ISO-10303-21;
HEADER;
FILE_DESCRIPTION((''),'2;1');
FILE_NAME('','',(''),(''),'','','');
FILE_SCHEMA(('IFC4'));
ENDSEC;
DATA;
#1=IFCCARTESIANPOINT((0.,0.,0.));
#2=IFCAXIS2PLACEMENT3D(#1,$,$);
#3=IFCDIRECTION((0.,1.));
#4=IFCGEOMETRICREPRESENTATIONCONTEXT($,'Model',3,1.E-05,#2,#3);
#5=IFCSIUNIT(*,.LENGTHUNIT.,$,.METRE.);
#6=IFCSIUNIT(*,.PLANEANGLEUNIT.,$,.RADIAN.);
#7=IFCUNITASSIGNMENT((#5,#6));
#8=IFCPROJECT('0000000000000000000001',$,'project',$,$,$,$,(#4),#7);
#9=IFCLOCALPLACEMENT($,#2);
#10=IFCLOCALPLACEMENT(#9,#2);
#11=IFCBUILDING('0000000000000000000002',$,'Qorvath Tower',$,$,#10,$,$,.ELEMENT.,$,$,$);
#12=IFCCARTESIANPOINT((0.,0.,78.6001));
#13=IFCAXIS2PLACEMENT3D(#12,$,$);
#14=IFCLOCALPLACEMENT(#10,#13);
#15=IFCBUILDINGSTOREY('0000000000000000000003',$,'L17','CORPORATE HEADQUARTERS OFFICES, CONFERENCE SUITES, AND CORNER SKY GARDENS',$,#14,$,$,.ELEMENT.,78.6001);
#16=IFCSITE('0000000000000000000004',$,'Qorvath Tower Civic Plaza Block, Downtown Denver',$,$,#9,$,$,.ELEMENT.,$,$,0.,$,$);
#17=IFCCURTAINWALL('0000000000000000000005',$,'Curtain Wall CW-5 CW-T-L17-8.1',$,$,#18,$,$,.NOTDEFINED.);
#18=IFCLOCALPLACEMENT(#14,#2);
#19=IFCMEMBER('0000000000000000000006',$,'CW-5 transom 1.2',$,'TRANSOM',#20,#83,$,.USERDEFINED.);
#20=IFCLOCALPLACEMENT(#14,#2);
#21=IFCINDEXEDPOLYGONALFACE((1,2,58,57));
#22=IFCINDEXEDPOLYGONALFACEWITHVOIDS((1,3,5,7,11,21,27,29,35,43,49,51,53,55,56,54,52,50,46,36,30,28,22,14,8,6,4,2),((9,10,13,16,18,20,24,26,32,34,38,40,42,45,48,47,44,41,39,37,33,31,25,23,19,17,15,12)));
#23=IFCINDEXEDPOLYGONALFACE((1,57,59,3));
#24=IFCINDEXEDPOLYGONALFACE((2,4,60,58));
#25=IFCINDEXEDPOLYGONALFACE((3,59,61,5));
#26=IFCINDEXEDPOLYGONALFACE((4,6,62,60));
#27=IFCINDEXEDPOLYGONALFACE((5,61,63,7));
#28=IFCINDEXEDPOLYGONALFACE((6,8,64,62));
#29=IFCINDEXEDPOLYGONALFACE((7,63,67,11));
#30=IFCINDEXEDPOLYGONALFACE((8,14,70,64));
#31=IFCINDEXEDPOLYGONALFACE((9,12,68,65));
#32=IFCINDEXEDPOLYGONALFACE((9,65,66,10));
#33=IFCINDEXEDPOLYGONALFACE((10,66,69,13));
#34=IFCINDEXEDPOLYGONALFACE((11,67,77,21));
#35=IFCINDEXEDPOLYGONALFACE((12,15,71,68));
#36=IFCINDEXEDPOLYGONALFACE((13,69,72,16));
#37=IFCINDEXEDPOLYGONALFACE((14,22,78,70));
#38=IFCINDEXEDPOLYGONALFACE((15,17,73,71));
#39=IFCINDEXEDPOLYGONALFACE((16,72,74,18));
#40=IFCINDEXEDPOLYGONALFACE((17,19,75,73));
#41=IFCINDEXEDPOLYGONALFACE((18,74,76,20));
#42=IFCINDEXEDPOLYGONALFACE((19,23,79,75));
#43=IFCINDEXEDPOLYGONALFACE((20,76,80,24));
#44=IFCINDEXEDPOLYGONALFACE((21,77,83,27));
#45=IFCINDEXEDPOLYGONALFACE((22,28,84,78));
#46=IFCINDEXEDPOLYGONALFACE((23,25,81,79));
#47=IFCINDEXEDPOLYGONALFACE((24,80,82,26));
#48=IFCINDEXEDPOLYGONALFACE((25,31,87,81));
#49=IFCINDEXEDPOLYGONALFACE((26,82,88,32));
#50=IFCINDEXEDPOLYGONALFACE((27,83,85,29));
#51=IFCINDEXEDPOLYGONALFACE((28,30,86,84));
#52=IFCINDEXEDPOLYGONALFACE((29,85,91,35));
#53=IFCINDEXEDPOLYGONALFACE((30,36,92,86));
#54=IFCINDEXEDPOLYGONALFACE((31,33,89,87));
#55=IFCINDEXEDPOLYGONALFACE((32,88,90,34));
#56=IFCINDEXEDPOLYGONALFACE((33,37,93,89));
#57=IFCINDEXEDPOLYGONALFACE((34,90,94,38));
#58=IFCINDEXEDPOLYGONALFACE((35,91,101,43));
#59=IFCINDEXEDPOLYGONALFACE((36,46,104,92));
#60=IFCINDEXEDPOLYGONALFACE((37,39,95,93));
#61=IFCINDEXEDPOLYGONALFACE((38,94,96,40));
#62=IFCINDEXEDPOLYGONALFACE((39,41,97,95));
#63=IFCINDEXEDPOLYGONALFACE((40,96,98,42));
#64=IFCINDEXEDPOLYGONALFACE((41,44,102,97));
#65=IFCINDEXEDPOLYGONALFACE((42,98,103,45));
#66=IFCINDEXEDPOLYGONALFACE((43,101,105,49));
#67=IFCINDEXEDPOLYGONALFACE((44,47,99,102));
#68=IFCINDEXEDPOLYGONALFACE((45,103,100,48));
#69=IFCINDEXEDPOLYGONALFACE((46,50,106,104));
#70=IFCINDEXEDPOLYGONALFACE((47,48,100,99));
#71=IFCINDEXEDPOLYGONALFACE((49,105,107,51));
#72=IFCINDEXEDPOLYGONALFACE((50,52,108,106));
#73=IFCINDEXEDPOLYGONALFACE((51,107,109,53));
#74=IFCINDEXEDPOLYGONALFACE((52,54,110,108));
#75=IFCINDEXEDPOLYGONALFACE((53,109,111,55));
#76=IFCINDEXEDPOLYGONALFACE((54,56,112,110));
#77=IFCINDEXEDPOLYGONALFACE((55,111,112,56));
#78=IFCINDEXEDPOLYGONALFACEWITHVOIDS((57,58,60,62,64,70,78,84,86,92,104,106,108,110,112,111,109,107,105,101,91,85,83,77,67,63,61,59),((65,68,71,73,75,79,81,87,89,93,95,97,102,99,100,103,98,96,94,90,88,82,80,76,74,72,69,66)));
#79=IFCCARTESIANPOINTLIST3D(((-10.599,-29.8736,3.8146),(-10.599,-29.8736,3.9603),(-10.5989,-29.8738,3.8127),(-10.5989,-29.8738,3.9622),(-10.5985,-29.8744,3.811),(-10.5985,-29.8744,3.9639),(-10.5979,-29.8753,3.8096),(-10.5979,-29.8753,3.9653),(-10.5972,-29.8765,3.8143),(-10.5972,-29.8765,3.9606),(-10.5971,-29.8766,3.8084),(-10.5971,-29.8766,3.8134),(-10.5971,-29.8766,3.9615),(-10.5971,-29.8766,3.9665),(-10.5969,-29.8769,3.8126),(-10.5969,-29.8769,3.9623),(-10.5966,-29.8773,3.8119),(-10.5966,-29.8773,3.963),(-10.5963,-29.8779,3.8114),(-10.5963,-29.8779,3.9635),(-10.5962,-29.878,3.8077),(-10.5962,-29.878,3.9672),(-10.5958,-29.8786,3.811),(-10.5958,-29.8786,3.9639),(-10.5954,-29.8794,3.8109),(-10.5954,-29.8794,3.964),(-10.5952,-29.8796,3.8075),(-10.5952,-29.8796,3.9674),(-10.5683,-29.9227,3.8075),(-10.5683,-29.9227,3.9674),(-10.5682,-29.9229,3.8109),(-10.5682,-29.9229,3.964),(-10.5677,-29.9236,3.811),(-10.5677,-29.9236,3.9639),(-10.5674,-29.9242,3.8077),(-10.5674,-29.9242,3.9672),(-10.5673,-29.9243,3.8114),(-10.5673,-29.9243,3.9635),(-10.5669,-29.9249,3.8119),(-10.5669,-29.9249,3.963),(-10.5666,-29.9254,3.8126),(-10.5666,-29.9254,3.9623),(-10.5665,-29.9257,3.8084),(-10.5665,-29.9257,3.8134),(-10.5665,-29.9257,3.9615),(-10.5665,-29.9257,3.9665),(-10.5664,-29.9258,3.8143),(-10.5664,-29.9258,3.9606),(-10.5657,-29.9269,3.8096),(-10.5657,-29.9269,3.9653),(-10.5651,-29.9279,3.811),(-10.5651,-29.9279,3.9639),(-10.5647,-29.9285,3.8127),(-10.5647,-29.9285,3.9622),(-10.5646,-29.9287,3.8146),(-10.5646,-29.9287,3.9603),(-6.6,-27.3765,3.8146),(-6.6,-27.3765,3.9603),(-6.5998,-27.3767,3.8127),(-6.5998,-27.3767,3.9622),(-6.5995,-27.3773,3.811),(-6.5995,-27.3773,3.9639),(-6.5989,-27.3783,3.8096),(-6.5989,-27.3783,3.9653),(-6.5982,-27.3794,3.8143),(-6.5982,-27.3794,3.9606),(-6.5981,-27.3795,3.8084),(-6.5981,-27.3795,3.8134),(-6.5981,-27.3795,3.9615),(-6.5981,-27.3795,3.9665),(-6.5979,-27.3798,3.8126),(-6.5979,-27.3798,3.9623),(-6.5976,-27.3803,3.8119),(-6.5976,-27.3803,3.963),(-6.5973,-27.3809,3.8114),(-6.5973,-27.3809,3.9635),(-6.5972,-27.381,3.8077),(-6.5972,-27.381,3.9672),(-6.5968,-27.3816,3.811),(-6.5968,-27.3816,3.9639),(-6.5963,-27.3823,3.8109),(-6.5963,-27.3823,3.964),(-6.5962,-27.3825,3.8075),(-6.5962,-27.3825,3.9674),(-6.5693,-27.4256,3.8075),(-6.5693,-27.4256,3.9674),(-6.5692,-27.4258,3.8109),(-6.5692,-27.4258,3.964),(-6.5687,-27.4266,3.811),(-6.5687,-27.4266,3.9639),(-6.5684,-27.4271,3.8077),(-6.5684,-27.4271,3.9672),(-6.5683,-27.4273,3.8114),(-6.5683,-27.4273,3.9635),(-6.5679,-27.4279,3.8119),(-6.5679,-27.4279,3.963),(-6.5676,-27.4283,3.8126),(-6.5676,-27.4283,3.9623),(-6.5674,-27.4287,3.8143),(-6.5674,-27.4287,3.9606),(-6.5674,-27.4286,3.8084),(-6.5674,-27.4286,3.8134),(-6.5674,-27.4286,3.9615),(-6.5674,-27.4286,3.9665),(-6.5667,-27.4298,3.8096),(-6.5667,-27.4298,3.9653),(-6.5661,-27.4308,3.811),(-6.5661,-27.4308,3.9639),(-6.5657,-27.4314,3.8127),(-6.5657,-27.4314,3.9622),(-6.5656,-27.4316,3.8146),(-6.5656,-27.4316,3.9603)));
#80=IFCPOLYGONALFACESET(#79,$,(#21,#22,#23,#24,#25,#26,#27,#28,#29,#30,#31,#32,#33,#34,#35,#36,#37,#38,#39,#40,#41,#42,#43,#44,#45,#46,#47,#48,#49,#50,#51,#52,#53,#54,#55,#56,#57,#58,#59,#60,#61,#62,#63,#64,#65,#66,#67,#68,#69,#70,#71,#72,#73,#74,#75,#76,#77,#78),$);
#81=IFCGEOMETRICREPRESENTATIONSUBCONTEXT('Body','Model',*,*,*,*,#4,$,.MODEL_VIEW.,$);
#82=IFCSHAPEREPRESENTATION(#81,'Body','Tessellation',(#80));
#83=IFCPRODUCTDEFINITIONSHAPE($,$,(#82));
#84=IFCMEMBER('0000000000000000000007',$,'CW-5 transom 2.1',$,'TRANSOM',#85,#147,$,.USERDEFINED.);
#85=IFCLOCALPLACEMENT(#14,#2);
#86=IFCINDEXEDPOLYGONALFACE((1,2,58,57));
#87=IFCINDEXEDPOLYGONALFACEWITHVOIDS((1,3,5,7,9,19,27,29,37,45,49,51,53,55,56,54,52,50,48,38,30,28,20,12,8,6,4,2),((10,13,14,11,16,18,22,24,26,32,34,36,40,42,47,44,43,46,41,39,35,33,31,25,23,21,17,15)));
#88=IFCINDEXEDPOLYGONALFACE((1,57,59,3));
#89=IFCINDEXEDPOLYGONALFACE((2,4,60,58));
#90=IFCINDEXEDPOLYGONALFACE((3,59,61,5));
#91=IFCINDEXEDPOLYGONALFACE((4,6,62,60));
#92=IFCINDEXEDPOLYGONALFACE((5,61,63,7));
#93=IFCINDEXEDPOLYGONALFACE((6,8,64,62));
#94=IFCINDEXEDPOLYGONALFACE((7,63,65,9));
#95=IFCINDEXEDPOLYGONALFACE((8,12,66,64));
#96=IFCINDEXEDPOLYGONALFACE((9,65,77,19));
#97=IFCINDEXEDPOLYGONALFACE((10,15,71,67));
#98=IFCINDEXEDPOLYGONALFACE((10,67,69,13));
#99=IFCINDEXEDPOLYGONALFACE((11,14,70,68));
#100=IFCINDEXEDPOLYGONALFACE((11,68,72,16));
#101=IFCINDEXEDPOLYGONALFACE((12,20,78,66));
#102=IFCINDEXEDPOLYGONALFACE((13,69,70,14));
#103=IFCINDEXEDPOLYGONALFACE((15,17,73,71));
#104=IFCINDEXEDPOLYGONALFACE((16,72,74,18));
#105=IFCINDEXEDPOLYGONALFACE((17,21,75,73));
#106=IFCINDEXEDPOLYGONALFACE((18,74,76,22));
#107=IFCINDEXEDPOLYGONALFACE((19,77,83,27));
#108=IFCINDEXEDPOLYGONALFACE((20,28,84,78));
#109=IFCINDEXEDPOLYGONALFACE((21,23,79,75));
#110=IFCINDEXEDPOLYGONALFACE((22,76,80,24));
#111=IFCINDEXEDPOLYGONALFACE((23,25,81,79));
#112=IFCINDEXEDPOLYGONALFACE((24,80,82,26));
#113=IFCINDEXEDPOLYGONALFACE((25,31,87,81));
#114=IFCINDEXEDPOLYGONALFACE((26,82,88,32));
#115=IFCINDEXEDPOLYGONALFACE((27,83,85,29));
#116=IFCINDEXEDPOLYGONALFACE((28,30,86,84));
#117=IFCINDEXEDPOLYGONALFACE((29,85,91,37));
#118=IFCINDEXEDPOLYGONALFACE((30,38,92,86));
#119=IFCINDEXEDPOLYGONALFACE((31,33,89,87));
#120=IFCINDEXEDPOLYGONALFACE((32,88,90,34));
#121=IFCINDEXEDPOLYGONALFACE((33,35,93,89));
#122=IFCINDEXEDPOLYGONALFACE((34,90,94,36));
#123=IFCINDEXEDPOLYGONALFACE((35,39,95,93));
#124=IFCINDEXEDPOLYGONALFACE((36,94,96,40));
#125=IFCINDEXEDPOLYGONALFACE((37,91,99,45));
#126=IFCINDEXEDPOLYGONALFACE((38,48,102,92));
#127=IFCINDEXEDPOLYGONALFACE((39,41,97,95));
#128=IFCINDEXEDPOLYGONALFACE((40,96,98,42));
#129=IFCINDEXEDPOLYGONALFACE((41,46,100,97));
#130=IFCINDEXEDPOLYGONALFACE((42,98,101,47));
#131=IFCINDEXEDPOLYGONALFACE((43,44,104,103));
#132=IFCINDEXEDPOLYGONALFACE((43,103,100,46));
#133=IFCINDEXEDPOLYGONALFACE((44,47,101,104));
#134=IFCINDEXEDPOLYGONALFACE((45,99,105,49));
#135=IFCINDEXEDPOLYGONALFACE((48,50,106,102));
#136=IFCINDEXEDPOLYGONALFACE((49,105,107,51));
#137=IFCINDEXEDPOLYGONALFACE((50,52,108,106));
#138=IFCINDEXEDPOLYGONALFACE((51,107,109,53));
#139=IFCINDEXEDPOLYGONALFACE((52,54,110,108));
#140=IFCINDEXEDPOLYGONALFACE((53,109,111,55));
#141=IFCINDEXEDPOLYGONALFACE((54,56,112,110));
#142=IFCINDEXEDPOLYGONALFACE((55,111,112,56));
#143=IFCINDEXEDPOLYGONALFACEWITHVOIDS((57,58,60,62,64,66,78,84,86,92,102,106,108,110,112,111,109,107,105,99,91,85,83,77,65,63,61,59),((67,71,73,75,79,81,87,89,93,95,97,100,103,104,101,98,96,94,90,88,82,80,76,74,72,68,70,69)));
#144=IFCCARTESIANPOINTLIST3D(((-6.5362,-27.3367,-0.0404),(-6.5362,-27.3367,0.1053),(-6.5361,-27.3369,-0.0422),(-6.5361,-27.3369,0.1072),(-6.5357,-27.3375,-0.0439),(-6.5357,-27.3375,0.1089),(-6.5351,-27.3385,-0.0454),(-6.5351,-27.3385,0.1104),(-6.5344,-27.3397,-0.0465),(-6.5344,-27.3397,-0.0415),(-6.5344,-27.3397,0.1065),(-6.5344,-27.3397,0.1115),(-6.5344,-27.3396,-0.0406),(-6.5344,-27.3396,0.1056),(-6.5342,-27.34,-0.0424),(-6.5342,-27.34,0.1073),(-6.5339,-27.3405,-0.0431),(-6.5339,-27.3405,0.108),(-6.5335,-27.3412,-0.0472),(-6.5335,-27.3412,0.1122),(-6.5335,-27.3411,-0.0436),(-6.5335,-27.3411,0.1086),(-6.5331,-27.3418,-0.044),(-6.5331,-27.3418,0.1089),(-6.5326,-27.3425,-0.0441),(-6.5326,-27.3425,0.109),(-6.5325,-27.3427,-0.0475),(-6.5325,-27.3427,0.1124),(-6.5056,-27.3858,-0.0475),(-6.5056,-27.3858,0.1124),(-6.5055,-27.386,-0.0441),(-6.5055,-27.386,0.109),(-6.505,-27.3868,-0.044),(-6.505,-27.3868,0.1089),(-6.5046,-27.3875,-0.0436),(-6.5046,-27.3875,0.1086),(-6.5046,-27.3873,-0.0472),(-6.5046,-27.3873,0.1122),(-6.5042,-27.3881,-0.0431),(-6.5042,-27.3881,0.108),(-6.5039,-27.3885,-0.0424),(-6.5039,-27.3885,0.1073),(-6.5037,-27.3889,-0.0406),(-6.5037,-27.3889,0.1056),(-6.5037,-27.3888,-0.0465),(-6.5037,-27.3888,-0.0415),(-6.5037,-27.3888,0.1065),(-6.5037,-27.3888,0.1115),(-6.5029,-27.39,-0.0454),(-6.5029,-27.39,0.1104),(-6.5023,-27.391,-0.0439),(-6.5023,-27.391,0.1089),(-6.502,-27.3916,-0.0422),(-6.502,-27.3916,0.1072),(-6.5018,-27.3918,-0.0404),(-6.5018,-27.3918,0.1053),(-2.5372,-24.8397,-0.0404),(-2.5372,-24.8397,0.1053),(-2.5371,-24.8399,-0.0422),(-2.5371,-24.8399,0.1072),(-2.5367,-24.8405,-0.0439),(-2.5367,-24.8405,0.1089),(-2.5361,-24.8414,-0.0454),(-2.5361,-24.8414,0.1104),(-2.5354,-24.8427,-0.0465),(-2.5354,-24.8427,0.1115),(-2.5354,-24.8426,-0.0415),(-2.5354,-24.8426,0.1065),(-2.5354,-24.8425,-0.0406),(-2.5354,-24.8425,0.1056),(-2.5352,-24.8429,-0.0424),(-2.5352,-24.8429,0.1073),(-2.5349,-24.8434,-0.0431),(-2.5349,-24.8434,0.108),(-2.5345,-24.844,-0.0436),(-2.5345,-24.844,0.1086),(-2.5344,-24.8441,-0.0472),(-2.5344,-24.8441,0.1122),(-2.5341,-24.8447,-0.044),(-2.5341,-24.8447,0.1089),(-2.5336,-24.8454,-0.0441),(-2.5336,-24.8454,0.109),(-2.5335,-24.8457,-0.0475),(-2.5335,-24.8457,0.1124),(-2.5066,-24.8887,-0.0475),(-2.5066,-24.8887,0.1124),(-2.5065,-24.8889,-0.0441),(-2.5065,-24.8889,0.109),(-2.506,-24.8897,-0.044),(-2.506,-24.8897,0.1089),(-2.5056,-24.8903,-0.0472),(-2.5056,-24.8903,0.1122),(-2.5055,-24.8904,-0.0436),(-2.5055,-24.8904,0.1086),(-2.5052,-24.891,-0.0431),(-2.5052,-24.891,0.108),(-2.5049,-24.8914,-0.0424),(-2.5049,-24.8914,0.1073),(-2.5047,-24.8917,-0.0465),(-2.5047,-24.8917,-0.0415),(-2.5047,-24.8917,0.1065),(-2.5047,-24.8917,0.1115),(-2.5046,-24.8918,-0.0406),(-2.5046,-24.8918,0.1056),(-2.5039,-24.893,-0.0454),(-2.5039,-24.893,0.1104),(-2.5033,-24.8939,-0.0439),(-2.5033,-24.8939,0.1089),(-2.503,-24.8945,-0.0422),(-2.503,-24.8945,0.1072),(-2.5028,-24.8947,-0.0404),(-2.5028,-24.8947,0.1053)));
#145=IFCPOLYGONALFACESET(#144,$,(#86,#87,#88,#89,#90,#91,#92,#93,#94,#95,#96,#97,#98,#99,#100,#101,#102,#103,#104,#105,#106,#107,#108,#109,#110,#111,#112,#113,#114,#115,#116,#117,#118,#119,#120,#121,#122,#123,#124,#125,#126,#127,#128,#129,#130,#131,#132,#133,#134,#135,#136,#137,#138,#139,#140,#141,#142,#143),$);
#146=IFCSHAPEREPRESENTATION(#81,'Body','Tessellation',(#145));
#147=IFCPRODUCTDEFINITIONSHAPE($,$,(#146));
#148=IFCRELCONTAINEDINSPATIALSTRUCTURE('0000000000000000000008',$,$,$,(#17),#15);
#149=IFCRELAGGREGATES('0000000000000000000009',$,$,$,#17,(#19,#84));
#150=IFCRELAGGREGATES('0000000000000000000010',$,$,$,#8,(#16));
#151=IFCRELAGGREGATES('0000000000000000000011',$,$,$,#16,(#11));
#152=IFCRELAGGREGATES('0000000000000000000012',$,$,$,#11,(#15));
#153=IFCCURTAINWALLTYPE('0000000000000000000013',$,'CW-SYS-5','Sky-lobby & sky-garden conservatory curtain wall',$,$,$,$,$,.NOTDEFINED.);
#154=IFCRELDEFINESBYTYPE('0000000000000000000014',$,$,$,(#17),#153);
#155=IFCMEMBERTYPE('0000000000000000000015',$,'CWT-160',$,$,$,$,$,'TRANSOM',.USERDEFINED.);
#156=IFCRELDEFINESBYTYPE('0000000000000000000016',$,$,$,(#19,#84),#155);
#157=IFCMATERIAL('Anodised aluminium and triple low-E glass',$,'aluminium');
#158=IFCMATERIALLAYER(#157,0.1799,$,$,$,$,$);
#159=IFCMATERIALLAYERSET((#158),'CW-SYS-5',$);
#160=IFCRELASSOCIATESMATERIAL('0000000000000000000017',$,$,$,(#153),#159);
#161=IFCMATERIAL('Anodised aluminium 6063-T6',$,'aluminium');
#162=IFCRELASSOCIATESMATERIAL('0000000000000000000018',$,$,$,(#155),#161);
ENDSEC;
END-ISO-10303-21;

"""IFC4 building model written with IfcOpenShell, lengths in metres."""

from ifc_helpers import new_model, si_unit, direction, frame, origin, origin_2d, place, context, subcontext, project, spatial, hollow_rectangle, extrude, material, layer, layer_set, material_profile, profile_set, type_object, element, aggregate, save


model = new_model("IFC4")

# Units and contexts
model_context = context("Model", 3, precision=1e-05, world=origin(), true_north=direction((0.0, 1.0)))
body_context = subcontext(model_context, "Body", "Model", "MODEL_VIEW")
ifc_project = project(units=[si_unit("LENGTHUNIT", "METRE"), si_unit("PLANEANGLEUNIT", "RADIAN")], contexts=[model_context])

# Site, building, storey
site_placement = place(None, origin())
site = spatial("IfcSite", under=ifc_project, at=site_placement, Name="Qorvath Tower Civic Plaza Block, Downtown Denver", CompositionType="ELEMENT", RefElevation=0.0)
building_placement = place(site_placement, origin())
building = spatial("IfcBuilding", under=site, at=building_placement, Name="Qorvath Tower", CompositionType="ELEMENT")
storey_placement = place(building_placement, frame((0.0, 0.0, 78.6001)))
storey = spatial("IfcBuildingStorey", under=building, at=storey_placement, Name="L17", Description="CORPORATE HEADQUARTERS OFFICES, CONFERENCE SUITES, AND CORNER SKY GARDENS", CompositionType="ELEMENT", Elevation=78.6001)

# Shared definitions
ifc_material_1 = material(Name="Anodised aluminium and triple low-E glass", Category="aluminium")
ifc_layer_1 = layer(ifc_material_1, 0.1799)
ifc_layer_set_1 = layer_set([ifc_layer_1], Name="CW-SYS-5")
curtain_wall_type = type_object("IfcCurtainWallType", Name="CW-SYS-5", Description="Sky-lobby & sky-garden conservatory curtain wall", PredefinedType="NOTDEFINED", material=ifc_layer_set_1)

# Curtain wall
curtain_wall_1_placement = place(storey_placement, origin())
curtain_wall_1 = element("IfcCurtainWall", 1, at=curtain_wall_1_placement, inside=storey, type_object=curtain_wall_type, Name="Curtain Wall CW-5 CW-T-L17-8.1", PredefinedType="NOTDEFINED")

# Members
ifc_material_2 = material(Name="Anodised aluminium 6063-T6", Category="aluminium")
ifc_material_profile_1 = material_profile(ifc_material_2, hollow_rectangle(XDim=0.0649, YDim=0.1599, WallThickness=0.0034, InnerFilletRadius=0.0034, OuterFilletRadius=0.0071, at=origin_2d()), Name="CWT 160x65")
ifc_profile_set_1 = profile_set([ifc_material_profile_1], Name="Anodised aluminium 6063-T6")
member_type_1 = type_object("IfcMemberType", Name="CWT-160", ElementType="TRANSOM", PredefinedType="USERDEFINED", material=ifc_profile_set_1)
member_1_placement = place(storey_placement, frame((-10.5818, -29.9011, 3.8875), z_axis=(0.848219, 0.529645, 0.0), x_axis=(-0.529645, 0.848219, 0.0)))
member_1 = element("IfcMember", 2, at=member_1_placement, type_object=member_type_1, Name="CW-5 transom 1.2", ObjectType="TRANSOM", PredefinedType="USERDEFINED", context=body_context, shape_type="SweptSolid", body=[
    extrude(hollow_rectangle(XDim=0.0649, YDim=0.1599, WallThickness=0.0034, InnerFilletRadius=0.0034, OuterFilletRadius=0.0071, at=origin_2d()), origin(), (0.0, 0.0, 1.0), 4.7146),
])
member_2_placement = place(storey_placement, frame((-6.519, -27.3643, 0.0325), z_axis=(0.848219, 0.529645, 0.0), x_axis=(-0.529645, 0.848219, 0.0)))
member_2 = element("IfcMember", 3, at=member_2_placement, type_object=member_type_1, Name="CW-5 transom 2.1", ObjectType="TRANSOM", PredefinedType="USERDEFINED", context=body_context, shape_type="SweptSolid", body=[
    extrude(hollow_rectangle(XDim=0.0649, YDim=0.1599, WallThickness=0.0034, InnerFilletRadius=0.0034, OuterFilletRadius=0.0071, at=origin_2d()), origin(), (0.0, 0.0, 1.0), 4.7146),
])

aggregate(curtain_wall_1, [member_1, member_2])

save(model, "model.ifc")
